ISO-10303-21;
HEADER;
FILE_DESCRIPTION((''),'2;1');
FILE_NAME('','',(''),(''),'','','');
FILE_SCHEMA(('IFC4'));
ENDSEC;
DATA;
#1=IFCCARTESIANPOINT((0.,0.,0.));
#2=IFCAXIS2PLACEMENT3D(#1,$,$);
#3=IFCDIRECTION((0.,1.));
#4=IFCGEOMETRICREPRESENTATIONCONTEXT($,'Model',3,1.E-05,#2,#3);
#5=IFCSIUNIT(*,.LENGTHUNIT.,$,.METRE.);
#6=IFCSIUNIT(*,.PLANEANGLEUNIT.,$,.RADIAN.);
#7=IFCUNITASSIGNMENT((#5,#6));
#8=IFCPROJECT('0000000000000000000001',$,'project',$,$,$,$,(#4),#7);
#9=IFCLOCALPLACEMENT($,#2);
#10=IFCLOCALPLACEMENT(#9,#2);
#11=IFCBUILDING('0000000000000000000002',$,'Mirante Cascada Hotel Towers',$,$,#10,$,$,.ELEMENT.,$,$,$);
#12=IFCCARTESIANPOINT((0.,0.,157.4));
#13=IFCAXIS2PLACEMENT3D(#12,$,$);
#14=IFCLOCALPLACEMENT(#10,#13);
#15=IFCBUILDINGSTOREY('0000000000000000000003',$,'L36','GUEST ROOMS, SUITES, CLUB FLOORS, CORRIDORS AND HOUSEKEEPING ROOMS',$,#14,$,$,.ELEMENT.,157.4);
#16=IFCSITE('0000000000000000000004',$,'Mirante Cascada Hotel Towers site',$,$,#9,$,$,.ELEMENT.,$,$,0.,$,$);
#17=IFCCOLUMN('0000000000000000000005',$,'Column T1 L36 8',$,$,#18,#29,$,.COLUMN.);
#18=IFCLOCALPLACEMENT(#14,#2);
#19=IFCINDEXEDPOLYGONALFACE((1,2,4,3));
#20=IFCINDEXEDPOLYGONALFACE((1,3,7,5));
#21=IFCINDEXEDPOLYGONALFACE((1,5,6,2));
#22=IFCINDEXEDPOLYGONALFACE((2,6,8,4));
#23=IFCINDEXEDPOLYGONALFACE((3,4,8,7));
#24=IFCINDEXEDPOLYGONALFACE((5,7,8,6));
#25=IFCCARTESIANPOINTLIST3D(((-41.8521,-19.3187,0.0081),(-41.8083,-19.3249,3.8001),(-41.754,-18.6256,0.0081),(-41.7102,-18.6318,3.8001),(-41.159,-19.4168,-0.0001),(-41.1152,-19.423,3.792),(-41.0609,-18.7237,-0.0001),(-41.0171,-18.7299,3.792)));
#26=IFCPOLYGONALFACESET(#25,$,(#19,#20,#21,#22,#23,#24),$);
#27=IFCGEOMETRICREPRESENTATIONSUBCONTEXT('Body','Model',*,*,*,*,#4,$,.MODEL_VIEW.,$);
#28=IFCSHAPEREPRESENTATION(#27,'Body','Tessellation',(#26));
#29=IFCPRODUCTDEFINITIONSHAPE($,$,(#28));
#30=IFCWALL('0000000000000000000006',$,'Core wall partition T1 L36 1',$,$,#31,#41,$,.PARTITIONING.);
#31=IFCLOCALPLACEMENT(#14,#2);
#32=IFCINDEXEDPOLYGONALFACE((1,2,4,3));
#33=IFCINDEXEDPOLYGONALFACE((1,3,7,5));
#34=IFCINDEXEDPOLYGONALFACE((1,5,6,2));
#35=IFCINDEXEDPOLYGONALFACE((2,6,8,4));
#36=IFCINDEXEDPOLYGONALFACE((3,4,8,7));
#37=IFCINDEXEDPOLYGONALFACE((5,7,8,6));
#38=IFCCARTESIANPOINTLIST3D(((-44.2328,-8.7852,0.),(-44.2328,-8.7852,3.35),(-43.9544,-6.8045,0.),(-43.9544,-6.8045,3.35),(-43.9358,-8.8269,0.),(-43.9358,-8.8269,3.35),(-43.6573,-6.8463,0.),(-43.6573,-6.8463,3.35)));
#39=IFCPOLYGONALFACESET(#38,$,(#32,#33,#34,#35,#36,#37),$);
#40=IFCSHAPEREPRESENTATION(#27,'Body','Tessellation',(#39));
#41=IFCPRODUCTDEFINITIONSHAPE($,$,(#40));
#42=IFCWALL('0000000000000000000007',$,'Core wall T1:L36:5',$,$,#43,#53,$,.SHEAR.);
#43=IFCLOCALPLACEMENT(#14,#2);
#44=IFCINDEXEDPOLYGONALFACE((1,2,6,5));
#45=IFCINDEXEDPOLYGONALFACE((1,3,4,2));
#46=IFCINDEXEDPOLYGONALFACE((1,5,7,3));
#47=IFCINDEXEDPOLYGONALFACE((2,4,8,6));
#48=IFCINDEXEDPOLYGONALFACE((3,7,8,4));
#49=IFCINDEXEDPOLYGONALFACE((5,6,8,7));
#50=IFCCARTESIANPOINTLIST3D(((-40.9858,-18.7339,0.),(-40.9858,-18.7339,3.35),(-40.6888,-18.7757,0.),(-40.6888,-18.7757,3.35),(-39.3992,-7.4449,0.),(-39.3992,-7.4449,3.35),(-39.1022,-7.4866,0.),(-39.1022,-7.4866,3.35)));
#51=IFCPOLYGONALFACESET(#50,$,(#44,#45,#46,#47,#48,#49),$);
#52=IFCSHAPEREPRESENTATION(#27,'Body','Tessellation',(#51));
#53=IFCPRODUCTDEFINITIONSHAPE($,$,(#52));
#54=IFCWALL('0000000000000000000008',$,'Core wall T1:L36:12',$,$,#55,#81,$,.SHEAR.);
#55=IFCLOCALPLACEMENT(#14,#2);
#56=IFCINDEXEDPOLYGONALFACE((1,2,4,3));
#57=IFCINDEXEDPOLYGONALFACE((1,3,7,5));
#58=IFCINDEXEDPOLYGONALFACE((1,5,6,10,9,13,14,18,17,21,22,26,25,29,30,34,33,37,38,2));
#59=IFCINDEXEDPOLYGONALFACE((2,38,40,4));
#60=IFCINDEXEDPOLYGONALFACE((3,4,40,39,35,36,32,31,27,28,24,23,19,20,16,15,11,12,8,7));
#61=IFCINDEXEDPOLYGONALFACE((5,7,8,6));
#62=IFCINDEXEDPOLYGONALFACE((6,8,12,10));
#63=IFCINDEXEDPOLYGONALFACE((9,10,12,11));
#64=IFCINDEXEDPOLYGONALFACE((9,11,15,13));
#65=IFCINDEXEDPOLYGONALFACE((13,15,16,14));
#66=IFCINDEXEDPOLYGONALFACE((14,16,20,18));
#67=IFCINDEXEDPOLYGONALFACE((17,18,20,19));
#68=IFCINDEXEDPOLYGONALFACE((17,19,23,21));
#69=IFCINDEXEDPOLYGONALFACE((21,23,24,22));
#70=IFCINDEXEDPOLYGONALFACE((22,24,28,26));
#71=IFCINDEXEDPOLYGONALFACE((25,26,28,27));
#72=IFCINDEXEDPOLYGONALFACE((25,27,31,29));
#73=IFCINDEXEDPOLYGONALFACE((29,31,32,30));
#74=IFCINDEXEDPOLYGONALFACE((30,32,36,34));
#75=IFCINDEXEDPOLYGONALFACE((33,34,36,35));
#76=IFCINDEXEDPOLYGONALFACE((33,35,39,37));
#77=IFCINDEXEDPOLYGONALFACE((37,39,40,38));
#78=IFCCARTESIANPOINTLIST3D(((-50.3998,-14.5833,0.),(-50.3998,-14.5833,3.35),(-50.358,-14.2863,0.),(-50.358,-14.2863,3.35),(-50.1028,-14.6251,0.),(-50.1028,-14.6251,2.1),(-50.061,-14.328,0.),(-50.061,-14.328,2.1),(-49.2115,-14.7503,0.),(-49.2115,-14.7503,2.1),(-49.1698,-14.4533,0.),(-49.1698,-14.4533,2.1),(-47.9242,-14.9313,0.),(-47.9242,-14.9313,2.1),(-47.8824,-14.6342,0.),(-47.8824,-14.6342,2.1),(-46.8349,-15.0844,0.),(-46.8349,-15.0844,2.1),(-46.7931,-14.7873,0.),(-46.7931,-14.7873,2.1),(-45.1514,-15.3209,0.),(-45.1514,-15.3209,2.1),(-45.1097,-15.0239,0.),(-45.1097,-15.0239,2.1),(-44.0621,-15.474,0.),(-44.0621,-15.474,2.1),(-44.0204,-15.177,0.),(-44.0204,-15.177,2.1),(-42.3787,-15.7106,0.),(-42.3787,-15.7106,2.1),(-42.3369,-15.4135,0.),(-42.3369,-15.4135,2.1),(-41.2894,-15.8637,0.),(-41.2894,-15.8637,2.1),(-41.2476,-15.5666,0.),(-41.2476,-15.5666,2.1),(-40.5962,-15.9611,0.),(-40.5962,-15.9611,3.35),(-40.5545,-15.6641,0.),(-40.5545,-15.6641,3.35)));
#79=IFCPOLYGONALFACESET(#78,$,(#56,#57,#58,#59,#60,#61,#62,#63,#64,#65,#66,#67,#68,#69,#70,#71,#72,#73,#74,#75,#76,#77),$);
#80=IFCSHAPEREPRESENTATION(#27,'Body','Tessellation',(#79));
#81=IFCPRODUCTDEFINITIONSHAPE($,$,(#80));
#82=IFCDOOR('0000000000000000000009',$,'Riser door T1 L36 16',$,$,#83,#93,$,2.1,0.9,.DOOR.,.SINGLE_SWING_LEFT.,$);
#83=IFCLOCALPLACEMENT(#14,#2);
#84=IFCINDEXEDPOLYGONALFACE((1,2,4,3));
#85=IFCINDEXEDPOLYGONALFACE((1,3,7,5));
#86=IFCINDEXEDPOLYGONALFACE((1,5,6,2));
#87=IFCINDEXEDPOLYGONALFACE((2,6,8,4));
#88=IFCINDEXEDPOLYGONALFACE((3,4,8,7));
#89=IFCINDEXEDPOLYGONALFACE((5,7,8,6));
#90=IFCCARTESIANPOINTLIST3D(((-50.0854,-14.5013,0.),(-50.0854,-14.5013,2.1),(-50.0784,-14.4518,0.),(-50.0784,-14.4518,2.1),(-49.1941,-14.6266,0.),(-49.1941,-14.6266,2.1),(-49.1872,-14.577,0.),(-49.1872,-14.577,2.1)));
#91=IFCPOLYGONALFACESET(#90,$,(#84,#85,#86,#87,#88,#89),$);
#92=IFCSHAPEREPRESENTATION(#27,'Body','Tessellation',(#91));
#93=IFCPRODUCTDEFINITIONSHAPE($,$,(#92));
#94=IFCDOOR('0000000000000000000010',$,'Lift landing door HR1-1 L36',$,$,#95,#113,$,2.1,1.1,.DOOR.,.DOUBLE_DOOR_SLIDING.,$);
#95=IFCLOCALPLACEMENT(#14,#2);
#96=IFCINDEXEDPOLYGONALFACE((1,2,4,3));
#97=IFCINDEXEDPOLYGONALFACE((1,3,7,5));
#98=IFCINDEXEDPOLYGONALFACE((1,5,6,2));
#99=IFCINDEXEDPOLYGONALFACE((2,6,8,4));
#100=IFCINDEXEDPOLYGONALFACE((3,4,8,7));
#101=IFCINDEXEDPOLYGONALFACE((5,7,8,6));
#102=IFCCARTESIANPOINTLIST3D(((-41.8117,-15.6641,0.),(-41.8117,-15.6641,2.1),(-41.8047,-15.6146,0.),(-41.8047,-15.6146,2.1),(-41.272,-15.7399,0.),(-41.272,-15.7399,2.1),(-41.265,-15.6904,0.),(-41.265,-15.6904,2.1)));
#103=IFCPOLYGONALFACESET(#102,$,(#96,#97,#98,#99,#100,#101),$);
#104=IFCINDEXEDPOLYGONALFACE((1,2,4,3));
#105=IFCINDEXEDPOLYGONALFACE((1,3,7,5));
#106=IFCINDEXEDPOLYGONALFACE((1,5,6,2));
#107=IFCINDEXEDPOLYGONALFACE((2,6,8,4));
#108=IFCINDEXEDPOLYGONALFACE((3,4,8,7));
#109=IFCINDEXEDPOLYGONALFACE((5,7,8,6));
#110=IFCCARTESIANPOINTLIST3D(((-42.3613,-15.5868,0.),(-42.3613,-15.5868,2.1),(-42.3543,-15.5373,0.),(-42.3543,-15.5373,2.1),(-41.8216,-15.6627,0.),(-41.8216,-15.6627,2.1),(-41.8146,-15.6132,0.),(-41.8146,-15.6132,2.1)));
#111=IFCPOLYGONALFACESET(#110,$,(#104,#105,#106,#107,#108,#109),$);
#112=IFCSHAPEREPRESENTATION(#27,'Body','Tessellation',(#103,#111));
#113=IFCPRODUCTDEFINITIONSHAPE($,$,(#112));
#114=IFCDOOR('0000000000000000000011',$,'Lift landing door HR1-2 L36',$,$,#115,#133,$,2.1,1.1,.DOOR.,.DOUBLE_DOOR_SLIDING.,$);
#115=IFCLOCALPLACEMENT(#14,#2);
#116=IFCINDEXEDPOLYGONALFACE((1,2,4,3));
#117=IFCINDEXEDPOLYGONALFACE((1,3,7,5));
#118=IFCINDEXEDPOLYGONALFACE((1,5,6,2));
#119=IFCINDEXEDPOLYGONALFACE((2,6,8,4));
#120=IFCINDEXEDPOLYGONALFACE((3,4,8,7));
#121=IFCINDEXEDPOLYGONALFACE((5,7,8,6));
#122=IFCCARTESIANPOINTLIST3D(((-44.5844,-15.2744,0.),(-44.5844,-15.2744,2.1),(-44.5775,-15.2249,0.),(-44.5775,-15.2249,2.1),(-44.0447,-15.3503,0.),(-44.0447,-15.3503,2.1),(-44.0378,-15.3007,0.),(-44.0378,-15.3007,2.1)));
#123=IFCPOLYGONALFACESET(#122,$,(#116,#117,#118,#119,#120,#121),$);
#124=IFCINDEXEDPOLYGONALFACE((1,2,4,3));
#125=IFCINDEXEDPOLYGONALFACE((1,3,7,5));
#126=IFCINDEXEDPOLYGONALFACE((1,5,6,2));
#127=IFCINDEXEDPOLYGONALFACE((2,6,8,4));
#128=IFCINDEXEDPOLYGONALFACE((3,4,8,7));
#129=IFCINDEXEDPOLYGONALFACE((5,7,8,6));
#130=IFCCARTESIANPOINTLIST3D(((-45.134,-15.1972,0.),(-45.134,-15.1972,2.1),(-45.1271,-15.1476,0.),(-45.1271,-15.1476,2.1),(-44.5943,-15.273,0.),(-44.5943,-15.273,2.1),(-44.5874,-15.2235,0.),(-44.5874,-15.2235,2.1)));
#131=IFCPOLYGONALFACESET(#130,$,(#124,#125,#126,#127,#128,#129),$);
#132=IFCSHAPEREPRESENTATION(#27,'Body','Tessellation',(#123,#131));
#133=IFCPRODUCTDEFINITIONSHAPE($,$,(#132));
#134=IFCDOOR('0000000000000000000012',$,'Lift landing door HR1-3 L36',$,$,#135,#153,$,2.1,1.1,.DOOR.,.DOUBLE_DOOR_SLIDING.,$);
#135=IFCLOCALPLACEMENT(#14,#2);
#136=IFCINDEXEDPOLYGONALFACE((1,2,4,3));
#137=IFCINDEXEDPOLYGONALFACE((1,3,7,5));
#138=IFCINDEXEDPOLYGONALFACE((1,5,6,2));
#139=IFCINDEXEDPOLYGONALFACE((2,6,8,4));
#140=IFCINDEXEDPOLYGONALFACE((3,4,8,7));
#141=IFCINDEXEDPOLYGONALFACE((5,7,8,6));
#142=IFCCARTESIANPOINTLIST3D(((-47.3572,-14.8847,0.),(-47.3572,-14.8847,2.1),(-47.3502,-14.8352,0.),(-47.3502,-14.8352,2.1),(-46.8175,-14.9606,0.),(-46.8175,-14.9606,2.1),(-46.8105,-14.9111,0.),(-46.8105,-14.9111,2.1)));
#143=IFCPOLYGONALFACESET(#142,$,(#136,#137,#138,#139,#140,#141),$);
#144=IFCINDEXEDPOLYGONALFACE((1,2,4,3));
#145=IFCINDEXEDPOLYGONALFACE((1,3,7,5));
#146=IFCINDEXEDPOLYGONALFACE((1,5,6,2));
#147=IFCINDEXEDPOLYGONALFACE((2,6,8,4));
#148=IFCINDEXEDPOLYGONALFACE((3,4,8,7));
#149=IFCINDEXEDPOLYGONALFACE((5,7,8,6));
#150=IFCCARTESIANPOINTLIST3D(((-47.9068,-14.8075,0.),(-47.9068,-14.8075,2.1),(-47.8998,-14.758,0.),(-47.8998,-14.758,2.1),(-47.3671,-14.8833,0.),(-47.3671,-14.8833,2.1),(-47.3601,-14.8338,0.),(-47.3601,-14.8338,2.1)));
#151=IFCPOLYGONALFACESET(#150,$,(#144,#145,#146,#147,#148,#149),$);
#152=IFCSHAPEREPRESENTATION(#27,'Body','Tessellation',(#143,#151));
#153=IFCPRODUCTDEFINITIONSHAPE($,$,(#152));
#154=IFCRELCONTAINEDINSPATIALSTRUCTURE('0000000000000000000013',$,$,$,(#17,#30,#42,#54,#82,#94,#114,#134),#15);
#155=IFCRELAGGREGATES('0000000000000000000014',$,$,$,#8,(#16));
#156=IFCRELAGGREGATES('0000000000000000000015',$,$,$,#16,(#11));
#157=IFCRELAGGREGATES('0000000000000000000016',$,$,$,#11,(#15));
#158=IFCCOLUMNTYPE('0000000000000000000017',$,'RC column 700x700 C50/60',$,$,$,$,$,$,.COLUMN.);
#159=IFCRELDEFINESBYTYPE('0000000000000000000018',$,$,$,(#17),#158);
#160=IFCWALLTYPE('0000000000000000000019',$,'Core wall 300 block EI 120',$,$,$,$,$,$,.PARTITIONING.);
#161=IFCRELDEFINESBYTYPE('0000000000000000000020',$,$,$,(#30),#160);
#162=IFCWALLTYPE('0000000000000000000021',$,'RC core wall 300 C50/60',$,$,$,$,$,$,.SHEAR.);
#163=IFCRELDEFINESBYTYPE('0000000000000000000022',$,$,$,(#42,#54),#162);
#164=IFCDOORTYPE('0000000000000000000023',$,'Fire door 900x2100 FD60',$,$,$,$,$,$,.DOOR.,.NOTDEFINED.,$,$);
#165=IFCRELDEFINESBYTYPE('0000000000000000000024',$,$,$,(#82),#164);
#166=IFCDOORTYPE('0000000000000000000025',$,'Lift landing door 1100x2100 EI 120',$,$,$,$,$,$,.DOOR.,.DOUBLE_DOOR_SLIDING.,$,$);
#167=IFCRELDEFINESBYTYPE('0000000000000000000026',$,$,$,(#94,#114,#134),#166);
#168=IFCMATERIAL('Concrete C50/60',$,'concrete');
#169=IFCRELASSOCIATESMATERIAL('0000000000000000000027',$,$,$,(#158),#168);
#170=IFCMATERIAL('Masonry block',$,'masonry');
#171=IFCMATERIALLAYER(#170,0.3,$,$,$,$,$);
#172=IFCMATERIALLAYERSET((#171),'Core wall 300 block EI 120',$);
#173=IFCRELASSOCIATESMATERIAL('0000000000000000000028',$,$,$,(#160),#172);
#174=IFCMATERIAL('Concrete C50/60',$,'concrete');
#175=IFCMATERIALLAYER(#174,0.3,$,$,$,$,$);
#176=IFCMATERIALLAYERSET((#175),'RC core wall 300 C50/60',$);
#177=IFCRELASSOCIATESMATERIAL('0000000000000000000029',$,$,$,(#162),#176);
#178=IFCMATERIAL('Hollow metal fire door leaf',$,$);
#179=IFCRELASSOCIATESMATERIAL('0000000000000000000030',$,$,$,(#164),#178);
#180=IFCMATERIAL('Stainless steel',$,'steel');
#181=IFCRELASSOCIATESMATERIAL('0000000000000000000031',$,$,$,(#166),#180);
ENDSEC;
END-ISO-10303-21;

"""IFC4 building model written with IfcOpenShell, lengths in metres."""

from ifc_helpers import new_model, si_unit, direction, frame, frame_2d, origin, origin_2d, place, context, subcontext, project, spatial, rectangle, extrude, material, layer, layer_set, material_profile, profile_set, type_object, element, fill, save


model = new_model("IFC4")

# Units and contexts
model_context = context("Model", 3, precision=1e-05, world=origin(), true_north=direction((0.0, 1.0)))
body_context = subcontext(model_context, "Body", "Model", "MODEL_VIEW")
ifc_project = project(units=[si_unit("LENGTHUNIT", "METRE"), si_unit("PLANEANGLEUNIT", "RADIAN")], contexts=[model_context])

# Site, building, storey
site_placement = place(None, origin())
site = spatial("IfcSite", under=ifc_project, at=site_placement, Name="Mirante Cascada Hotel Towers site", CompositionType="ELEMENT", RefElevation=0.0)
building_placement = place(site_placement, origin())
building = spatial("IfcBuilding", under=site, at=building_placement, Name="Mirante Cascada Hotel Towers", CompositionType="ELEMENT")
storey_placement = place(building_placement, frame((0.0, 0.0, 157.4)))
storey = spatial("IfcBuildingStorey", under=building, at=storey_placement, Name="L36", Description="GUEST ROOMS, SUITES, CLUB FLOORS, CORRIDORS AND HOUSEKEEPING ROOMS", CompositionType="ELEMENT", Elevation=157.4)

# Column
ifc_material_1 = material(Name="Concrete C50/60", Category="concrete")
ifc_material_profile = material_profile(ifc_material_1, rectangle(XDim=0.7, YDim=0.7, at=origin_2d()), Name="RC column 700x700 C50/60")
ifc_profile_set = profile_set([ifc_material_profile], Name="Concrete C50/60")
column_type = type_object("IfcColumnType", Name="RC column 700x700 C50/60", PredefinedType="COLUMN", material=ifc_profile_set)
column_placement = place(storey_placement, frame((-41.4565, -19.0212, 0.004), z_axis=(0.01155, -0.001635, 0.999932), x_axis=(0.140155, 0.990129, 0.0)))
element("IfcColumn", 1, at=column_placement, inside=storey, type_object=column_type, Name="Column T1 L36 8", PredefinedType="COLUMN", context=body_context, shape_type="SweptSolid", body=[
    extrude(rectangle(XDim=0.7, YDim=0.7, at=origin_2d()), origin(), (0.0, 0.0, 1.0), 3.7923),
])

# Walls
ifc_material_2 = material(Name="Masonry block", Category="masonry")
ifc_layer_1 = layer(ifc_material_2, 0.3)
ifc_layer_set_1 = layer_set([ifc_layer_1], Name="Core wall 300 block EI 120")
wall_type_1 = type_object("IfcWallType", Name="Core wall 300 block EI 120", PredefinedType="PARTITIONING", material=ifc_layer_set_1)
wall_1_placement = place(storey_placement, frame((-44.0843, -8.8061, 0.0), z_axis=(0.0, 0.0, 1.0), x_axis=(0.139195, 0.990265, 0.0)))
element("IfcWall", 2, at=wall_1_placement, inside=storey, type_object=wall_type_1, Name="Core wall partition T1 L36 1", PredefinedType="PARTITIONING", context=body_context, shape_type="SweptSolid", body=[
    extrude(rectangle(XDim=2.0001, YDim=0.3, at=frame_2d((1.0001, 0.0))), origin(), (0.0, 0.0, 1.0), 3.35),
])
ifc_material_3 = material(Name="Concrete C50/60", Category="concrete")
ifc_layer_2 = layer(ifc_material_3, 0.3)
ifc_layer_set_2 = layer_set([ifc_layer_2], Name="RC core wall 300 C50/60")
wall_type_2 = type_object("IfcWallType", Name="RC core wall 300 C50/60", PredefinedType="SHEAR", material=ifc_layer_set_2)
wall_2_placement = place(storey_placement, frame((-40.8373, -18.7548, 0.0), z_axis=(0.0, 0.0, 1.0), x_axis=(0.139175, 0.990268, 0.0)))
element("IfcWall", 3, at=wall_2_placement, inside=storey, type_object=wall_type_2, Name="Core wall T1:L36:5", PredefinedType="SHEAR", context=body_context, shape_type="SweptSolid", body=[
    extrude(rectangle(XDim=11.4, YDim=0.3, at=frame_2d((5.7, 0.0))), origin(), (0.0, 0.0, 1.0), 3.35),
])

# Wall, openings, doors
wall_3_placement = place(storey_placement, frame((-40.5753, -15.8126, 0.0), z_axis=(0.0, 0.0, 1.0), x_axis=(-0.990268, 0.139173, 0.0)))
wall_3 = element("IfcWall", 4, at=wall_3_placement, inside=storey, type_object=wall_type_2, Name="Core wall T1:L36:12", PredefinedType="SHEAR", context=body_context, shape_type="SweptSolid", body=[
    extrude(rectangle(XDim=9.8999, YDim=0.3, at=frame_2d((4.95, 0.0))), origin(), (0.0, 0.0, 1.0), 3.35),
])
opening_1_placement = place(wall_3_placement, frame((0.7, 0.0, 0.0)))
opening_1 = element("IfcOpeningElement", 5, at=opening_1_placement, cuts=wall_3, PredefinedType="OPENING", context=body_context, shape_type="SweptSolid", body=[
    extrude(rectangle(XDim=1.1, YDim=2.1, at=frame_2d((0.55, 1.05))), frame((0.0, 0.15, 0.0), z_axis=(0.0, -1.0, 0.0), x_axis=(1.0, 0.0, 0.0)), (0.0, 0.0, 1.0), 0.3),
])
opening_2_placement = place(wall_3_placement, frame((3.5, 0.0, 0.0)))
opening_2 = element("IfcOpeningElement", 6, at=opening_2_placement, cuts=wall_3, PredefinedType="OPENING", context=body_context, shape_type="SweptSolid", body=[
    extrude(rectangle(XDim=1.1, YDim=2.1, at=frame_2d((0.55, 1.05))), frame((0.0, 0.15, 0.0), z_axis=(0.0, -1.0, 0.0), x_axis=(1.0, 0.0, 0.0)), (0.0, 0.0, 1.0), 0.3),
])
opening_3_placement = place(wall_3_placement, frame((6.3, 0.0, 0.0)))
opening_3 = element("IfcOpeningElement", 7, at=opening_3_placement, cuts=wall_3, PredefinedType="OPENING", context=body_context, shape_type="SweptSolid", body=[
    extrude(rectangle(XDim=1.1, YDim=2.1, at=frame_2d((0.55, 1.05))), frame((0.0, 0.15, 0.0), z_axis=(0.0, -1.0, 0.0), x_axis=(1.0, 0.0, 0.0)), (0.0, 0.0, 1.0), 0.3),
])
opening_4_placement = place(wall_3_placement, frame((8.7, 0.0, 0.0)))
opening_4 = element("IfcOpeningElement", 8, at=opening_4_placement, cuts=wall_3, PredefinedType="OPENING", context=body_context, shape_type="SweptSolid", body=[
    extrude(rectangle(XDim=0.9, YDim=2.1, at=frame_2d((0.45, 1.05))), frame((0.0, 0.15, 0.0), z_axis=(0.0, -1.0, 0.0), x_axis=(1.0, 0.0, 0.0)), (0.0, 0.0, 1.0), 0.3),
])
ifc_material_4 = material(Name="Hollow metal fire door leaf")
door_type_1 = type_object("IfcDoorType", Name="Fire door 900x2100 FD60", OperationType="NOTDEFINED", PredefinedType="DOOR", material=ifc_material_4)
door_1_placement = place(opening_4_placement, origin())
door_1 = element("IfcDoor", 9, at=door_1_placement, inside=storey, type_object=door_type_1, Name="Riser door T1 L36 16", OperationType="SINGLE_SWING_LEFT", OverallHeight=2.1, OverallWidth=0.9, PredefinedType="DOOR", context=body_context, shape_type="SweptSolid", body=[
    extrude(rectangle(XDim=0.9, YDim=2.1, at=frame_2d((0.45, 1.05))), frame((0.0, 0.025, 0.0), z_axis=(0.0, -1.0, 0.0), x_axis=(1.0, 0.0, 0.0)), (0.0, 0.0, 1.0), 0.05),
])
fill(opening_4, door_1)
ifc_material_5 = material(Name="Stainless steel", Category="steel")
door_type_2 = type_object("IfcDoorType", Name="Lift landing door 1100x2100 EI 120", OperationType="DOUBLE_DOOR_SLIDING", PredefinedType="DOOR", material=ifc_material_5)
door_2_placement = place(opening_1_placement, origin())
door_2 = element("IfcDoor", 10, at=door_2_placement, inside=storey, type_object=door_type_2, Name="Lift landing door HR1-1 L36", OperationType="DOUBLE_DOOR_SLIDING", OverallHeight=2.1, OverallWidth=1.1, PredefinedType="DOOR", context=body_context, shape_type="SweptSolid", body=[
    extrude(rectangle(XDim=0.545, YDim=2.1, at=frame_2d((0.2725, 1.05))), frame((0.0, 0.025, 0.0), z_axis=(0.0, -1.0, 0.0), x_axis=(1.0, 0.0, 0.0)), (0.0, 0.0, 1.0), 0.05),
    extrude(rectangle(XDim=0.545, YDim=2.1, at=frame_2d((0.8275, 1.05))), frame((0.0, 0.025, 0.0), z_axis=(0.0, -1.0, 0.0), x_axis=(1.0, 0.0, 0.0)), (0.0, 0.0, 1.0), 0.05),
])
fill(opening_1, door_2)
door_3_placement = place(opening_2_placement, origin())
door_3 = element("IfcDoor", 11, at=door_3_placement, inside=storey, type_object=door_type_2, Name="Lift landing door HR1-2 L36", OperationType="DOUBLE_DOOR_SLIDING", OverallHeight=2.1, OverallWidth=1.1, PredefinedType="DOOR", context=body_context, shape_type="SweptSolid", body=[
    extrude(rectangle(XDim=0.545, YDim=2.1, at=frame_2d((0.2725, 1.05))), frame((0.0, 0.025, 0.0), z_axis=(0.0, -1.0, 0.0), x_axis=(1.0, 0.0, 0.0)), (0.0, 0.0, 1.0), 0.05),
    extrude(rectangle(XDim=0.545, YDim=2.1, at=frame_2d((0.8275, 1.05))), frame((0.0, 0.025, 0.0), z_axis=(0.0, -1.0, 0.0), x_axis=(1.0, 0.0, 0.0)), (0.0, 0.0, 1.0), 0.05),
])
fill(opening_2, door_3)
door_4_placement = place(opening_3_placement, origin())
door_4 = element("IfcDoor", 12, at=door_4_placement, inside=storey, type_object=door_type_2, Name="Lift landing door HR1-3 L36", OperationType="DOUBLE_DOOR_SLIDING", OverallHeight=2.1, OverallWidth=1.1, PredefinedType="DOOR", context=body_context, shape_type="SweptSolid", body=[
    extrude(rectangle(XDim=0.545, YDim=2.1, at=frame_2d((0.2725, 1.05))), frame((0.0, 0.025, 0.0), z_axis=(0.0, -1.0, 0.0), x_axis=(1.0, 0.0, 0.0)), (0.0, 0.0, 1.0), 0.05),
    extrude(rectangle(XDim=0.545, YDim=2.1, at=frame_2d((0.8275, 1.05))), frame((0.0, 0.025, 0.0), z_axis=(0.0, -1.0, 0.0), x_axis=(1.0, 0.0, 0.0)), (0.0, 0.0, 1.0), 0.05),
])
fill(opening_3, door_4)

save(model, "model.ifc")
